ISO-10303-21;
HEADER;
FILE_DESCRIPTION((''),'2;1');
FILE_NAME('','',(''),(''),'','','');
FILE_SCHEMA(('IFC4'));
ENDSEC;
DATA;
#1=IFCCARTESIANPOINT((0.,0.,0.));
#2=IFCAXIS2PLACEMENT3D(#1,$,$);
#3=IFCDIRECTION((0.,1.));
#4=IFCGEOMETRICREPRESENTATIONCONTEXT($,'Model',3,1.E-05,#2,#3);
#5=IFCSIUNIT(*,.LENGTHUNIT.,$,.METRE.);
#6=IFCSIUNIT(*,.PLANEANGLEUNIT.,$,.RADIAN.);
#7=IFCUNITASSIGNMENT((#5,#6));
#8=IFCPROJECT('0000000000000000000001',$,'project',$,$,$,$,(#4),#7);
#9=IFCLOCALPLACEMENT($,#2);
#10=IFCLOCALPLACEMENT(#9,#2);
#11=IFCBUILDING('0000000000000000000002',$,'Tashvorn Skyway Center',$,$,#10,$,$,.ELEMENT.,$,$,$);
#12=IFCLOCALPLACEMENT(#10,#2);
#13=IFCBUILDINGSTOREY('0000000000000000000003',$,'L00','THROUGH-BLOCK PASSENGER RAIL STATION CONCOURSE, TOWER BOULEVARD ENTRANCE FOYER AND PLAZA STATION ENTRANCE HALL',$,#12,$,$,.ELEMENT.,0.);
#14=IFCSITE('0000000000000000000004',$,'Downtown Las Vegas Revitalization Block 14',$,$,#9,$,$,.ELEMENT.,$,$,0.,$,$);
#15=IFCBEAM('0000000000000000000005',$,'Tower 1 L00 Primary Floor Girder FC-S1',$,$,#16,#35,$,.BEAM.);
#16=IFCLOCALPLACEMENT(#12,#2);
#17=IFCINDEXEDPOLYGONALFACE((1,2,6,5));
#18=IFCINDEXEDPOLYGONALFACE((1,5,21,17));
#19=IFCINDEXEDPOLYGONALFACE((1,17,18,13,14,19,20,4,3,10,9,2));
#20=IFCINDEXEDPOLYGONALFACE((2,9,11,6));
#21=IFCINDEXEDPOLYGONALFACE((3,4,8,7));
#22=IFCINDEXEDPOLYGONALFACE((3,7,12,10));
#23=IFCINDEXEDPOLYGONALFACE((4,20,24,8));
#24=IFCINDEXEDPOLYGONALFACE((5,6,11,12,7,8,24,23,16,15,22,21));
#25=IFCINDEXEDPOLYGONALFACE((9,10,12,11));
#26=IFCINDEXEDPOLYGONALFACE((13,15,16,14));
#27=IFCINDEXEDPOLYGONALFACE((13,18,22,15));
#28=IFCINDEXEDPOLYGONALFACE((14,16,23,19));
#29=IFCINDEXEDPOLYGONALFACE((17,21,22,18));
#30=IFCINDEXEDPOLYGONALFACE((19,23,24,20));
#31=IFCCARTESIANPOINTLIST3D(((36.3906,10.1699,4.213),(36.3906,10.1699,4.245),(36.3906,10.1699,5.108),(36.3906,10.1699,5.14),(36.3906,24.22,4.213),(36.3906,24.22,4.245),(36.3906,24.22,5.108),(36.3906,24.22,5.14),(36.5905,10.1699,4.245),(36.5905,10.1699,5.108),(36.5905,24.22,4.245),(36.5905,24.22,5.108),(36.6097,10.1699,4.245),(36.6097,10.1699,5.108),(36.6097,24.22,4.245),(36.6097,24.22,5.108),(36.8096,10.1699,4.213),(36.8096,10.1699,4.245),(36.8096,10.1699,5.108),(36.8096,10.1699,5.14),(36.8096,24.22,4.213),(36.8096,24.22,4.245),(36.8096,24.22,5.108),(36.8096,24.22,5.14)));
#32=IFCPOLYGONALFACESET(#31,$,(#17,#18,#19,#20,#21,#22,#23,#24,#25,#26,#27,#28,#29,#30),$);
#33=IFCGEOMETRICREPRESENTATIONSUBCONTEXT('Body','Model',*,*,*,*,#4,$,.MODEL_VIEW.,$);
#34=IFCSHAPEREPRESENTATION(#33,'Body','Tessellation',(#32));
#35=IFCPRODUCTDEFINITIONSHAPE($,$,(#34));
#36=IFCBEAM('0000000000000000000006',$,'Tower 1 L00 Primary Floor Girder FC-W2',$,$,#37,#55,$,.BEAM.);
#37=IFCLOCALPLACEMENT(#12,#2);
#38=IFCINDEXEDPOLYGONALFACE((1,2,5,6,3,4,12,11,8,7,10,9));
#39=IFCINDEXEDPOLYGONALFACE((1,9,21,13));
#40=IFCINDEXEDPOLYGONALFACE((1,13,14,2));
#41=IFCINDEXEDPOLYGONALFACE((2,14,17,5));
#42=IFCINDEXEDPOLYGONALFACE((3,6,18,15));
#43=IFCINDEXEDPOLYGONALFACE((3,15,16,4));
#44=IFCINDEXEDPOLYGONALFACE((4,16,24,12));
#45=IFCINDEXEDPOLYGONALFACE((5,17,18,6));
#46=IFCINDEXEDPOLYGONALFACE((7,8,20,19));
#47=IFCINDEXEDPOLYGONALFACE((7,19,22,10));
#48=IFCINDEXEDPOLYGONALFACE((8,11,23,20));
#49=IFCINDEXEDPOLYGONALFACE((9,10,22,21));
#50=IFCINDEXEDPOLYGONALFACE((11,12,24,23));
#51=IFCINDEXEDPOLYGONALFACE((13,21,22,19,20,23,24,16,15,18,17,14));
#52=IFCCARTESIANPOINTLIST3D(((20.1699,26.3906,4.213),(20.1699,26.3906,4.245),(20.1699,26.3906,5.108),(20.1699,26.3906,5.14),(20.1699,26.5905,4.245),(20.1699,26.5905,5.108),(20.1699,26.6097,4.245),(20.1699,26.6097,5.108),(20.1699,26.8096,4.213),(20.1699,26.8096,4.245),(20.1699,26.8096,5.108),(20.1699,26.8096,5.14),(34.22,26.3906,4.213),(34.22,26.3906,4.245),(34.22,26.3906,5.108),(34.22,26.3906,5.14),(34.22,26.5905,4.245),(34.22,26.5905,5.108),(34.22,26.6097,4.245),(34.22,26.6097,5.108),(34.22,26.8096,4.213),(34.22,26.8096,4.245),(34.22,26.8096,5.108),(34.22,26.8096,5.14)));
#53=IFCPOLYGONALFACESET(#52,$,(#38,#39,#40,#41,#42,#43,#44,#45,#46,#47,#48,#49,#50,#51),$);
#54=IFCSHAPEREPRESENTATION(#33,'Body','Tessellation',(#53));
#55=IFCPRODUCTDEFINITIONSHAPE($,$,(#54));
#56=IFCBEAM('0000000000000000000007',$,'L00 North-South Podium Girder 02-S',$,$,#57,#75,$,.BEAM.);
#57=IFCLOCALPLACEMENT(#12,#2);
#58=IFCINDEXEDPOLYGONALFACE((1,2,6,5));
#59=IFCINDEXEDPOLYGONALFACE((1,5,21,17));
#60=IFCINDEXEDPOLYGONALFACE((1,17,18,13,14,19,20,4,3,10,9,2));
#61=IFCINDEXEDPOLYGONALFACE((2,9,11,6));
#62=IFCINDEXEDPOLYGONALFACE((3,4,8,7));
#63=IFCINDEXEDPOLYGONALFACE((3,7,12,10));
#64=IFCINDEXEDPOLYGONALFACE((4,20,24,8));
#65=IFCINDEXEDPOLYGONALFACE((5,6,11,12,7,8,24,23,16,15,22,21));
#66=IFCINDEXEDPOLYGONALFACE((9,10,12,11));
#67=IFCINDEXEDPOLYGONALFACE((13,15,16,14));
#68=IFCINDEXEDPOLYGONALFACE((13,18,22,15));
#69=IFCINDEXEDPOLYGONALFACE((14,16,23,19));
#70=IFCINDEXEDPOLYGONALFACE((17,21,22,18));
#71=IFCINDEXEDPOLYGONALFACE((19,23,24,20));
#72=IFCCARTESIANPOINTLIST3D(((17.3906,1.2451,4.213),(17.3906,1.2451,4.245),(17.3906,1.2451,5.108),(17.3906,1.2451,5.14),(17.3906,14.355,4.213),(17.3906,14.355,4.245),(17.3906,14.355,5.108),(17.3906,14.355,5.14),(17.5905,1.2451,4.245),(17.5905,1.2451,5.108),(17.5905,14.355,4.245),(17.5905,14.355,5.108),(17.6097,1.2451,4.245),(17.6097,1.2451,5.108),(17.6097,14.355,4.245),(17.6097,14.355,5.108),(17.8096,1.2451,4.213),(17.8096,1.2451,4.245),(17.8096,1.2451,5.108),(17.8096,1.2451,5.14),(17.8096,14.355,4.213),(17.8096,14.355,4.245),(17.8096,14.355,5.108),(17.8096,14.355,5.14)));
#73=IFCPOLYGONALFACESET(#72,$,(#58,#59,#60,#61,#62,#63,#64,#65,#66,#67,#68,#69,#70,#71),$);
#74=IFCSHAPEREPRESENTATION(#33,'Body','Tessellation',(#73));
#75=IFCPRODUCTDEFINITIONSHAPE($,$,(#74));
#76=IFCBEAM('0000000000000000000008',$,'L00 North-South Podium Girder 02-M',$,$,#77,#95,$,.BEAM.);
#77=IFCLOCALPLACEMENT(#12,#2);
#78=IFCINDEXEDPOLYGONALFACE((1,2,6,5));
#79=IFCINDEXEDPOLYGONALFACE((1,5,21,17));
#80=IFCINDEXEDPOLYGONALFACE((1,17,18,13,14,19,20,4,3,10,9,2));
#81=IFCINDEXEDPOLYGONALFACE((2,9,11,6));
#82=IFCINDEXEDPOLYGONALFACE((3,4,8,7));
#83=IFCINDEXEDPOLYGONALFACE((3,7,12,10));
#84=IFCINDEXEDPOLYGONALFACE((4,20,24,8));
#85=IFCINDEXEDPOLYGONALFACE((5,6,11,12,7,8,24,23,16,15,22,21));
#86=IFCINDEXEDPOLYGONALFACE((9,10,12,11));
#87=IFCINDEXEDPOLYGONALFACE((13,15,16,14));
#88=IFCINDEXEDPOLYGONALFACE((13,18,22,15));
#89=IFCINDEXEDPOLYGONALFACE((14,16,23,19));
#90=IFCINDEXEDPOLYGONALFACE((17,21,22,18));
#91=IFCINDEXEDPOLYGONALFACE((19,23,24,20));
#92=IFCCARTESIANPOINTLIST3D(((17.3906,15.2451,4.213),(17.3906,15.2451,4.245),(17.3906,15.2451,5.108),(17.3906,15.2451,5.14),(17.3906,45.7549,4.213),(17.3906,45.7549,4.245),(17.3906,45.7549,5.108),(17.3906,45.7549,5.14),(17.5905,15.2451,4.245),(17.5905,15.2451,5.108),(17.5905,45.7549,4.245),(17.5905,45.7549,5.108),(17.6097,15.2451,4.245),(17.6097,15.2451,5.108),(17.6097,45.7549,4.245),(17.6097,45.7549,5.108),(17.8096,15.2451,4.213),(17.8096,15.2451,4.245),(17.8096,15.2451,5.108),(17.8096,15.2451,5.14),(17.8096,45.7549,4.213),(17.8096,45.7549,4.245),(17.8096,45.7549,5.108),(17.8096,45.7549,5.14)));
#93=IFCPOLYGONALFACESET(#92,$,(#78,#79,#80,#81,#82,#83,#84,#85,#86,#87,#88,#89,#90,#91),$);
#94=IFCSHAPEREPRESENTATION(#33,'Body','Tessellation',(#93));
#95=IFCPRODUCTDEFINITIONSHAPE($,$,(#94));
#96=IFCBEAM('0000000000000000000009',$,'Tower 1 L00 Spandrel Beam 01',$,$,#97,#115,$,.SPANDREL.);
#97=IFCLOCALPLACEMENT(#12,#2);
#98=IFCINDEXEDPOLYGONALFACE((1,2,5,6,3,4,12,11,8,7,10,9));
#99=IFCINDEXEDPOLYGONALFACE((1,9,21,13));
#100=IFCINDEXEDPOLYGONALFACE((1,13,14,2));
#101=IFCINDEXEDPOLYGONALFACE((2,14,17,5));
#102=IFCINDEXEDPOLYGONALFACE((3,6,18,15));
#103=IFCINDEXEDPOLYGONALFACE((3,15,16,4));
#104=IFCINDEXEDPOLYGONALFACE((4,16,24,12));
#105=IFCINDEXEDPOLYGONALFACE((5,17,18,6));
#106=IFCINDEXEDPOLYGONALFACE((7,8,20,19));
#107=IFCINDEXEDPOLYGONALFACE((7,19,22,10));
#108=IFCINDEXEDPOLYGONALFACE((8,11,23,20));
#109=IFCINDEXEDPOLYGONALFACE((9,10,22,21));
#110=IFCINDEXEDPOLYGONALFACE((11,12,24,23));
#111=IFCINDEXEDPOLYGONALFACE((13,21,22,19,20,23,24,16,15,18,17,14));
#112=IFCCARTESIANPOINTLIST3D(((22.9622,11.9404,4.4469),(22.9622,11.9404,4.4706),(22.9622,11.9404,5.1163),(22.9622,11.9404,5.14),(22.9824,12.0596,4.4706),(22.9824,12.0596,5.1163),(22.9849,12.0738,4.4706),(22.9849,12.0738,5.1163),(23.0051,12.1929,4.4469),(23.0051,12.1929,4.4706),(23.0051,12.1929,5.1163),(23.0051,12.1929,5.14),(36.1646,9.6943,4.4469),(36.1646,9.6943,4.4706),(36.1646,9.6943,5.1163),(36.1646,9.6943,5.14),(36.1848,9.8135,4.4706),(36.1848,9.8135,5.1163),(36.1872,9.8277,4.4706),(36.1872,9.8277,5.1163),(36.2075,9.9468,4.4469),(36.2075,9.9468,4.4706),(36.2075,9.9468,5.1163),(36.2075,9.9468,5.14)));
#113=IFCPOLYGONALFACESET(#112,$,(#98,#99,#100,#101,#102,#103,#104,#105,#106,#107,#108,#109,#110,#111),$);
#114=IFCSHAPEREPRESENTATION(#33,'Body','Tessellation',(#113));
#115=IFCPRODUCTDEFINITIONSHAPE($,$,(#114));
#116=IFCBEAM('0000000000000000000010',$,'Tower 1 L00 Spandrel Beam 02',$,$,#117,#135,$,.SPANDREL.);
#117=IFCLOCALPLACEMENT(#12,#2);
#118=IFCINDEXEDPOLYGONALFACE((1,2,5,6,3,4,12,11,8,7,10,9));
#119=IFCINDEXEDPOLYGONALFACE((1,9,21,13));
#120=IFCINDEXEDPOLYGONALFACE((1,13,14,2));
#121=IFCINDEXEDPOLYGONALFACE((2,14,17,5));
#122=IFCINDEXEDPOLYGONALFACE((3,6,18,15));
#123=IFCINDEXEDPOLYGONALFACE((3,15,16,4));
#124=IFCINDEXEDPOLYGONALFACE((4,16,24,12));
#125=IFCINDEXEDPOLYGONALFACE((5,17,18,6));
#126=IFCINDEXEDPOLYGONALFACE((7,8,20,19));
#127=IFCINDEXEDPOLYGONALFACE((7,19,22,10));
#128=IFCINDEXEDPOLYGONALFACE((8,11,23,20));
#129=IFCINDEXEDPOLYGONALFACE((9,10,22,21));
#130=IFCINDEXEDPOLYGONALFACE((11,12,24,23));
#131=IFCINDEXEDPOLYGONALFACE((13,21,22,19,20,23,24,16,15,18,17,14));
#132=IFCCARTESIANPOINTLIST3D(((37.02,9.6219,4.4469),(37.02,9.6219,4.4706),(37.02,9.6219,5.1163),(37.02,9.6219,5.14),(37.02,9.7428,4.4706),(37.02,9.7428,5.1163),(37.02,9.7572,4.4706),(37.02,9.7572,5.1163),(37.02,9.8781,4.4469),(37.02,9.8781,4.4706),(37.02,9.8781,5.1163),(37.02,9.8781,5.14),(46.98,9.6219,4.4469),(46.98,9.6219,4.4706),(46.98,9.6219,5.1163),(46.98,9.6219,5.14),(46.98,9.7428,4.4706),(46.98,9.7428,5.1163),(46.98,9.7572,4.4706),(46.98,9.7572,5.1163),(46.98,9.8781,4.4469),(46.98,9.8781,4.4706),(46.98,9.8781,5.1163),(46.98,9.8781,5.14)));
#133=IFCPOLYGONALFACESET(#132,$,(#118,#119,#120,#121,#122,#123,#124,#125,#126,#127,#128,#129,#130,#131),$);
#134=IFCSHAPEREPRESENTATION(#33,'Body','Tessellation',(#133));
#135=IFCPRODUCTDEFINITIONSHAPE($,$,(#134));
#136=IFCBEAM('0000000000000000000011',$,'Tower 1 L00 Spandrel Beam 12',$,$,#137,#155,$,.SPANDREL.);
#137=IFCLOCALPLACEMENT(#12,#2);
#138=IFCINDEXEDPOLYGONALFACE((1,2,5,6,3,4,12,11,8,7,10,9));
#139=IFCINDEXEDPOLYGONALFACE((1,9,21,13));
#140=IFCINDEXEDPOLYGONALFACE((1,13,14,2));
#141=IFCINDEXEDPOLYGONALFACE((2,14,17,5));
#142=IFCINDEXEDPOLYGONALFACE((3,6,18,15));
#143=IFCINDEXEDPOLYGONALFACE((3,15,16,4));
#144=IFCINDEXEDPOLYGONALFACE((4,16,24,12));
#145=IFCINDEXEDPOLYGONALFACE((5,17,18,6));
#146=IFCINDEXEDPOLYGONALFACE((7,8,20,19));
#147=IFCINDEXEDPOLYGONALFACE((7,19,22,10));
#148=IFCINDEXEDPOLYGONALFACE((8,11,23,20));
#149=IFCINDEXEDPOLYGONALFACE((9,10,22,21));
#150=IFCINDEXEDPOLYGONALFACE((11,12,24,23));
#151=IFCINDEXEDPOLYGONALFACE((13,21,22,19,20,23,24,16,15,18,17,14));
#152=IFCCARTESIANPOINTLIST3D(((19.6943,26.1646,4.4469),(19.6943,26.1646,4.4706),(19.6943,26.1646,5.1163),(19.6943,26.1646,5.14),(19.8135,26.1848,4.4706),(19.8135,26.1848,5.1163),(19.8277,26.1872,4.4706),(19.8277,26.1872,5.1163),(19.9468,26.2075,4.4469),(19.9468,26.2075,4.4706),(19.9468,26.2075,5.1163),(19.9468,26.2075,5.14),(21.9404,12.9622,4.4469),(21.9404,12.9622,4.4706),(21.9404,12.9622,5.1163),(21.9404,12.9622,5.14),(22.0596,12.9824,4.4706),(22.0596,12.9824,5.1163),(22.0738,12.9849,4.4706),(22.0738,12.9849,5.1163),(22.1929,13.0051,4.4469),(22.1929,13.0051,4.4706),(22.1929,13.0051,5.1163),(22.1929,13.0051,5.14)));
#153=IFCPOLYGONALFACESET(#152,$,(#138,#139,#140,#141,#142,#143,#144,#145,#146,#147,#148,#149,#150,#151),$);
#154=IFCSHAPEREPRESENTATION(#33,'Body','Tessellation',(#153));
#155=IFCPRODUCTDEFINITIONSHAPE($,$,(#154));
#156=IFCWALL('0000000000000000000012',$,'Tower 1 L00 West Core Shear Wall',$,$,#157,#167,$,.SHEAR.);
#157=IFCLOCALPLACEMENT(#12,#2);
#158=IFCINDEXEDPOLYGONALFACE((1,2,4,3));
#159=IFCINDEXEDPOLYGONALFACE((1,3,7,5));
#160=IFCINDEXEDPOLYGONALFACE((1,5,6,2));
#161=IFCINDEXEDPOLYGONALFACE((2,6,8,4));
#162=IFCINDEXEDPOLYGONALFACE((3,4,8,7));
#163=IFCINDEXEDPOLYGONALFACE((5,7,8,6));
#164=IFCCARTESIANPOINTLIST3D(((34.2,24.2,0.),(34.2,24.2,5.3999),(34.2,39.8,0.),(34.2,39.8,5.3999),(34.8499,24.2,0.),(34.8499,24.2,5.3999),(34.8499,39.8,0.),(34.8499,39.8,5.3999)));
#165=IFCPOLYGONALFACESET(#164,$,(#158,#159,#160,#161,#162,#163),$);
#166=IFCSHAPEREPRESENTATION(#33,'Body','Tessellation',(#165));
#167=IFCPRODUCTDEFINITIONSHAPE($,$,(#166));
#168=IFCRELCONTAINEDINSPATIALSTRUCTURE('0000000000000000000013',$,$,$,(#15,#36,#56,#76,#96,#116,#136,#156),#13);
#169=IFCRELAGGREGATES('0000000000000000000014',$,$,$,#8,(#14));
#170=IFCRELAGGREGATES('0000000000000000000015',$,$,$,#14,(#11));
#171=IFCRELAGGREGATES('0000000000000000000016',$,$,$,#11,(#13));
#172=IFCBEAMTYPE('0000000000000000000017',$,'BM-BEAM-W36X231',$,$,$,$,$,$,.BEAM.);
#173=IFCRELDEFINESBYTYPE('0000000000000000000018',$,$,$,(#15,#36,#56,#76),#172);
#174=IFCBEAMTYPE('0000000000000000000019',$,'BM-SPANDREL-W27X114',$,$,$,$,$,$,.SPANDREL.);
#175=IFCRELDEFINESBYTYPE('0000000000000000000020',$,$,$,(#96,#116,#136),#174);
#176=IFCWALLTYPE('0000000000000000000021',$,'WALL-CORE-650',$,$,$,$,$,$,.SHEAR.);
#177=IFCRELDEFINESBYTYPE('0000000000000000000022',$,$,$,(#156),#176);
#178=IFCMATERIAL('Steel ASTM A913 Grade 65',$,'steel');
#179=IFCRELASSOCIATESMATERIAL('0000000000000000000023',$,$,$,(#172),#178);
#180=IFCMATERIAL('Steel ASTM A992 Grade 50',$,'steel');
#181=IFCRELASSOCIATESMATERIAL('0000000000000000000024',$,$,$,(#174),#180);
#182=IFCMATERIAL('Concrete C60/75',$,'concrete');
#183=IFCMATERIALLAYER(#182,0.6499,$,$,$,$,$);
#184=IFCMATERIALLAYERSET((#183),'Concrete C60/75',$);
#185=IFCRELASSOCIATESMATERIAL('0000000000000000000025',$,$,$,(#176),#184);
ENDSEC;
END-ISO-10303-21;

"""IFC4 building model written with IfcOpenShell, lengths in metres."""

from ifc_helpers import new_model, si_unit, direction, frame, frame_2d, origin, origin_2d, place, context, subcontext, project, spatial, rectangle, i_section, extrude, material, layer, layer_set, material_profile, profile_set, type_object, element, save


model = new_model("IFC4")

# Units and contexts
model_context = context("Model", 3, precision=1e-05, world=origin(), true_north=direction((0.0, 1.0)))
body_context = subcontext(model_context, "Body", "Model", "MODEL_VIEW")
ifc_project = project(units=[si_unit("LENGTHUNIT", "METRE"), si_unit("PLANEANGLEUNIT", "RADIAN")], contexts=[model_context])

# Site, building, storey
site_placement = place(None, origin())
site = spatial("IfcSite", under=ifc_project, at=site_placement, Name="Downtown Las Vegas Revitalization Block 14", CompositionType="ELEMENT", RefElevation=0.0)
building_placement = place(site_placement, origin())
building = spatial("IfcBuilding", under=site, at=building_placement, Name="Tashvorn Skyway Center", CompositionType="ELEMENT")
storey_placement = place(building_placement, origin())
storey = spatial("IfcBuildingStorey", under=building, at=storey_placement, Name="L00", Description="THROUGH-BLOCK PASSENGER RAIL STATION CONCOURSE, TOWER BOULEVARD ENTRANCE FOYER AND PLAZA STATION ENTRANCE HALL", CompositionType="ELEMENT", Elevation=0.0)

# Beams
ifc_material_1 = material(Name="Steel ASTM A992 Grade 50", Category="steel")
ifc_material_2 = material(Name="Steel ASTM A913 Grade 65", Category="steel")
ifc_material_profile_1 = material_profile(ifc_material_2, i_section(OverallWidth=0.4189, OverallDepth=0.927, WebThickness=0.0193, FlangeThickness=0.032, at=origin_2d()), Name="W36X231")
ifc_profile_set_1 = profile_set([ifc_material_profile_1], Name="Steel ASTM A913 Grade 65")
beam_type_1 = type_object("IfcBeamType", Name="BM-BEAM-W36X231", PredefinedType="BEAM", material=ifc_profile_set_1)
for number, where, z_axis, x_axis, name in (
    (1, (36.6001, 10.1699, 4.6765), (0.0, 1.0, 0.0), (-1.0, 0.0, 0.0), "Tower 1 L00 Primary Floor Girder FC-S1"),
    (2, (20.1699, 26.6001, 4.6765), (1.0, 0.0, 0.0), (0.0, 1.0, 0.0), "Tower 1 L00 Primary Floor Girder FC-W2"),
):
    element("IfcBeam", number, at=place(storey_placement, frame(where, z_axis=z_axis, x_axis=x_axis)), inside=storey, type_object=beam_type_1, Name=name, PredefinedType="BEAM", context=body_context, shape_type="SweptSolid", body=[
        extrude(i_section(OverallWidth=0.4189, OverallDepth=0.927, WebThickness=0.0193, FlangeThickness=0.032, at=origin_2d()), origin(), (0.0, 0.0, 1.0), 14.05),
    ])
beam_1_placement = place(storey_placement, frame((17.6001, 1.2451, 4.6765), z_axis=(0.0, 1.0, 0.0), x_axis=(-1.0, 0.0, 0.0)))
element("IfcBeam", 3, at=beam_1_placement, inside=storey, type_object=beam_type_1, Name="L00 North-South Podium Girder 02-S", PredefinedType="BEAM", context=body_context, shape_type="SweptSolid", body=[
    extrude(i_section(OverallWidth=0.4189, OverallDepth=0.927, WebThickness=0.0193, FlangeThickness=0.032, at=origin_2d()), origin(), (0.0, 0.0, 1.0), 13.1099),
])
beam_2_placement = place(storey_placement, frame((17.6001, 15.2451, 4.6765), z_axis=(0.0, 1.0, 0.0), x_axis=(-1.0, 0.0, 0.0)))
element("IfcBeam", 4, at=beam_2_placement, inside=storey, type_object=beam_type_1, Name="L00 North-South Podium Girder 02-M", PredefinedType="BEAM", context=body_context, shape_type="SweptSolid", body=[
    extrude(i_section(OverallWidth=0.4189, OverallDepth=0.927, WebThickness=0.0193, FlangeThickness=0.032, at=origin_2d()), origin(), (0.0, 0.0, 1.0), 30.5098),
])
ifc_material_profile_2 = material_profile(ifc_material_1, i_section(OverallWidth=0.2561, OverallDepth=0.6931, WebThickness=0.0144, FlangeThickness=0.0237, at=origin_2d()), Name="W27X114")
ifc_profile_set_2 = profile_set([ifc_material_profile_2], Name="Steel ASTM A992 Grade 50")
beam_type_2 = type_object("IfcBeamType", Name="BM-SPANDREL-W27X114", PredefinedType="SPANDREL", material=ifc_profile_set_2)
beam_3_placement = place(storey_placement, frame((22.9836, 12.0667, 4.7935), z_axis=(0.985835, -0.167718, 0.0), x_axis=(0.167718, 0.985835, 0.0)))
element("IfcBeam", 5, at=beam_3_placement, inside=storey, type_object=beam_type_2, Name="Tower 1 L00 Spandrel Beam 01", PredefinedType="SPANDREL", context=body_context, shape_type="SweptSolid", body=[
    extrude(i_section(OverallWidth=0.2561, OverallDepth=0.6931, WebThickness=0.0144, FlangeThickness=0.0237, at=origin_2d()), origin(), (0.0, 0.0, 1.0), 13.3921),
])
beam_4_placement = place(storey_placement, frame((37.02, 9.75, 4.7935), z_axis=(1.0, 0.0, 0.0), x_axis=(0.0, 1.0, 0.0)))
element("IfcBeam", 6, at=beam_4_placement, inside=storey, type_object=beam_type_2, Name="Tower 1 L00 Spandrel Beam 02", PredefinedType="SPANDREL", context=body_context, shape_type="SweptSolid", body=[
    extrude(i_section(OverallWidth=0.2561, OverallDepth=0.6931, WebThickness=0.0144, FlangeThickness=0.0237, at=origin_2d()), origin(), (0.0, 0.0, 1.0), 9.96),
])
beam_5_placement = place(storey_placement, frame((19.8206, 26.186, 4.7935), z_axis=(0.167718, -0.985835, 0.0), x_axis=(0.985835, 0.167718, 0.0)))
element("IfcBeam", 7, at=beam_5_placement, inside=storey, type_object=beam_type_2, Name="Tower 1 L00 Spandrel Beam 12", PredefinedType="SPANDREL", context=body_context, shape_type="SweptSolid", body=[
    extrude(i_section(OverallWidth=0.2561, OverallDepth=0.6931, WebThickness=0.0144, FlangeThickness=0.0237, at=origin_2d()), origin(), (0.0, 0.0, 1.0), 13.3921),
])

# Wall
ifc_material_3 = material(Name="Concrete C60/75", Category="concrete")
ifc_layer_1 = layer(ifc_material_3, 0.6499)
ifc_layer_set_1 = layer_set([ifc_layer_1], Name="Concrete C60/75")
wall_type_1 = type_object("IfcWallType", Name="WALL-CORE-650", PredefinedType="SHEAR", material=ifc_layer_set_1)
wall_1_placement = place(storey_placement, frame((34.5249, 24.2, 0.0), z_axis=(0.0, 0.0, 1.0), x_axis=(0.0, 1.0, 0.0)))
element("IfcWall", 8, at=wall_1_placement, inside=storey, type_object=wall_type_1, Name="Tower 1 L00 West Core Shear Wall", PredefinedType="SHEAR", context=body_context, shape_type="SweptSolid", body=[
    extrude(rectangle(XDim=15.6001, YDim=0.6499, at=frame_2d((7.8, 0.0))), origin(), (0.0, 0.0, 1.0), 5.3999),
])

save(model, "model.ifc")
